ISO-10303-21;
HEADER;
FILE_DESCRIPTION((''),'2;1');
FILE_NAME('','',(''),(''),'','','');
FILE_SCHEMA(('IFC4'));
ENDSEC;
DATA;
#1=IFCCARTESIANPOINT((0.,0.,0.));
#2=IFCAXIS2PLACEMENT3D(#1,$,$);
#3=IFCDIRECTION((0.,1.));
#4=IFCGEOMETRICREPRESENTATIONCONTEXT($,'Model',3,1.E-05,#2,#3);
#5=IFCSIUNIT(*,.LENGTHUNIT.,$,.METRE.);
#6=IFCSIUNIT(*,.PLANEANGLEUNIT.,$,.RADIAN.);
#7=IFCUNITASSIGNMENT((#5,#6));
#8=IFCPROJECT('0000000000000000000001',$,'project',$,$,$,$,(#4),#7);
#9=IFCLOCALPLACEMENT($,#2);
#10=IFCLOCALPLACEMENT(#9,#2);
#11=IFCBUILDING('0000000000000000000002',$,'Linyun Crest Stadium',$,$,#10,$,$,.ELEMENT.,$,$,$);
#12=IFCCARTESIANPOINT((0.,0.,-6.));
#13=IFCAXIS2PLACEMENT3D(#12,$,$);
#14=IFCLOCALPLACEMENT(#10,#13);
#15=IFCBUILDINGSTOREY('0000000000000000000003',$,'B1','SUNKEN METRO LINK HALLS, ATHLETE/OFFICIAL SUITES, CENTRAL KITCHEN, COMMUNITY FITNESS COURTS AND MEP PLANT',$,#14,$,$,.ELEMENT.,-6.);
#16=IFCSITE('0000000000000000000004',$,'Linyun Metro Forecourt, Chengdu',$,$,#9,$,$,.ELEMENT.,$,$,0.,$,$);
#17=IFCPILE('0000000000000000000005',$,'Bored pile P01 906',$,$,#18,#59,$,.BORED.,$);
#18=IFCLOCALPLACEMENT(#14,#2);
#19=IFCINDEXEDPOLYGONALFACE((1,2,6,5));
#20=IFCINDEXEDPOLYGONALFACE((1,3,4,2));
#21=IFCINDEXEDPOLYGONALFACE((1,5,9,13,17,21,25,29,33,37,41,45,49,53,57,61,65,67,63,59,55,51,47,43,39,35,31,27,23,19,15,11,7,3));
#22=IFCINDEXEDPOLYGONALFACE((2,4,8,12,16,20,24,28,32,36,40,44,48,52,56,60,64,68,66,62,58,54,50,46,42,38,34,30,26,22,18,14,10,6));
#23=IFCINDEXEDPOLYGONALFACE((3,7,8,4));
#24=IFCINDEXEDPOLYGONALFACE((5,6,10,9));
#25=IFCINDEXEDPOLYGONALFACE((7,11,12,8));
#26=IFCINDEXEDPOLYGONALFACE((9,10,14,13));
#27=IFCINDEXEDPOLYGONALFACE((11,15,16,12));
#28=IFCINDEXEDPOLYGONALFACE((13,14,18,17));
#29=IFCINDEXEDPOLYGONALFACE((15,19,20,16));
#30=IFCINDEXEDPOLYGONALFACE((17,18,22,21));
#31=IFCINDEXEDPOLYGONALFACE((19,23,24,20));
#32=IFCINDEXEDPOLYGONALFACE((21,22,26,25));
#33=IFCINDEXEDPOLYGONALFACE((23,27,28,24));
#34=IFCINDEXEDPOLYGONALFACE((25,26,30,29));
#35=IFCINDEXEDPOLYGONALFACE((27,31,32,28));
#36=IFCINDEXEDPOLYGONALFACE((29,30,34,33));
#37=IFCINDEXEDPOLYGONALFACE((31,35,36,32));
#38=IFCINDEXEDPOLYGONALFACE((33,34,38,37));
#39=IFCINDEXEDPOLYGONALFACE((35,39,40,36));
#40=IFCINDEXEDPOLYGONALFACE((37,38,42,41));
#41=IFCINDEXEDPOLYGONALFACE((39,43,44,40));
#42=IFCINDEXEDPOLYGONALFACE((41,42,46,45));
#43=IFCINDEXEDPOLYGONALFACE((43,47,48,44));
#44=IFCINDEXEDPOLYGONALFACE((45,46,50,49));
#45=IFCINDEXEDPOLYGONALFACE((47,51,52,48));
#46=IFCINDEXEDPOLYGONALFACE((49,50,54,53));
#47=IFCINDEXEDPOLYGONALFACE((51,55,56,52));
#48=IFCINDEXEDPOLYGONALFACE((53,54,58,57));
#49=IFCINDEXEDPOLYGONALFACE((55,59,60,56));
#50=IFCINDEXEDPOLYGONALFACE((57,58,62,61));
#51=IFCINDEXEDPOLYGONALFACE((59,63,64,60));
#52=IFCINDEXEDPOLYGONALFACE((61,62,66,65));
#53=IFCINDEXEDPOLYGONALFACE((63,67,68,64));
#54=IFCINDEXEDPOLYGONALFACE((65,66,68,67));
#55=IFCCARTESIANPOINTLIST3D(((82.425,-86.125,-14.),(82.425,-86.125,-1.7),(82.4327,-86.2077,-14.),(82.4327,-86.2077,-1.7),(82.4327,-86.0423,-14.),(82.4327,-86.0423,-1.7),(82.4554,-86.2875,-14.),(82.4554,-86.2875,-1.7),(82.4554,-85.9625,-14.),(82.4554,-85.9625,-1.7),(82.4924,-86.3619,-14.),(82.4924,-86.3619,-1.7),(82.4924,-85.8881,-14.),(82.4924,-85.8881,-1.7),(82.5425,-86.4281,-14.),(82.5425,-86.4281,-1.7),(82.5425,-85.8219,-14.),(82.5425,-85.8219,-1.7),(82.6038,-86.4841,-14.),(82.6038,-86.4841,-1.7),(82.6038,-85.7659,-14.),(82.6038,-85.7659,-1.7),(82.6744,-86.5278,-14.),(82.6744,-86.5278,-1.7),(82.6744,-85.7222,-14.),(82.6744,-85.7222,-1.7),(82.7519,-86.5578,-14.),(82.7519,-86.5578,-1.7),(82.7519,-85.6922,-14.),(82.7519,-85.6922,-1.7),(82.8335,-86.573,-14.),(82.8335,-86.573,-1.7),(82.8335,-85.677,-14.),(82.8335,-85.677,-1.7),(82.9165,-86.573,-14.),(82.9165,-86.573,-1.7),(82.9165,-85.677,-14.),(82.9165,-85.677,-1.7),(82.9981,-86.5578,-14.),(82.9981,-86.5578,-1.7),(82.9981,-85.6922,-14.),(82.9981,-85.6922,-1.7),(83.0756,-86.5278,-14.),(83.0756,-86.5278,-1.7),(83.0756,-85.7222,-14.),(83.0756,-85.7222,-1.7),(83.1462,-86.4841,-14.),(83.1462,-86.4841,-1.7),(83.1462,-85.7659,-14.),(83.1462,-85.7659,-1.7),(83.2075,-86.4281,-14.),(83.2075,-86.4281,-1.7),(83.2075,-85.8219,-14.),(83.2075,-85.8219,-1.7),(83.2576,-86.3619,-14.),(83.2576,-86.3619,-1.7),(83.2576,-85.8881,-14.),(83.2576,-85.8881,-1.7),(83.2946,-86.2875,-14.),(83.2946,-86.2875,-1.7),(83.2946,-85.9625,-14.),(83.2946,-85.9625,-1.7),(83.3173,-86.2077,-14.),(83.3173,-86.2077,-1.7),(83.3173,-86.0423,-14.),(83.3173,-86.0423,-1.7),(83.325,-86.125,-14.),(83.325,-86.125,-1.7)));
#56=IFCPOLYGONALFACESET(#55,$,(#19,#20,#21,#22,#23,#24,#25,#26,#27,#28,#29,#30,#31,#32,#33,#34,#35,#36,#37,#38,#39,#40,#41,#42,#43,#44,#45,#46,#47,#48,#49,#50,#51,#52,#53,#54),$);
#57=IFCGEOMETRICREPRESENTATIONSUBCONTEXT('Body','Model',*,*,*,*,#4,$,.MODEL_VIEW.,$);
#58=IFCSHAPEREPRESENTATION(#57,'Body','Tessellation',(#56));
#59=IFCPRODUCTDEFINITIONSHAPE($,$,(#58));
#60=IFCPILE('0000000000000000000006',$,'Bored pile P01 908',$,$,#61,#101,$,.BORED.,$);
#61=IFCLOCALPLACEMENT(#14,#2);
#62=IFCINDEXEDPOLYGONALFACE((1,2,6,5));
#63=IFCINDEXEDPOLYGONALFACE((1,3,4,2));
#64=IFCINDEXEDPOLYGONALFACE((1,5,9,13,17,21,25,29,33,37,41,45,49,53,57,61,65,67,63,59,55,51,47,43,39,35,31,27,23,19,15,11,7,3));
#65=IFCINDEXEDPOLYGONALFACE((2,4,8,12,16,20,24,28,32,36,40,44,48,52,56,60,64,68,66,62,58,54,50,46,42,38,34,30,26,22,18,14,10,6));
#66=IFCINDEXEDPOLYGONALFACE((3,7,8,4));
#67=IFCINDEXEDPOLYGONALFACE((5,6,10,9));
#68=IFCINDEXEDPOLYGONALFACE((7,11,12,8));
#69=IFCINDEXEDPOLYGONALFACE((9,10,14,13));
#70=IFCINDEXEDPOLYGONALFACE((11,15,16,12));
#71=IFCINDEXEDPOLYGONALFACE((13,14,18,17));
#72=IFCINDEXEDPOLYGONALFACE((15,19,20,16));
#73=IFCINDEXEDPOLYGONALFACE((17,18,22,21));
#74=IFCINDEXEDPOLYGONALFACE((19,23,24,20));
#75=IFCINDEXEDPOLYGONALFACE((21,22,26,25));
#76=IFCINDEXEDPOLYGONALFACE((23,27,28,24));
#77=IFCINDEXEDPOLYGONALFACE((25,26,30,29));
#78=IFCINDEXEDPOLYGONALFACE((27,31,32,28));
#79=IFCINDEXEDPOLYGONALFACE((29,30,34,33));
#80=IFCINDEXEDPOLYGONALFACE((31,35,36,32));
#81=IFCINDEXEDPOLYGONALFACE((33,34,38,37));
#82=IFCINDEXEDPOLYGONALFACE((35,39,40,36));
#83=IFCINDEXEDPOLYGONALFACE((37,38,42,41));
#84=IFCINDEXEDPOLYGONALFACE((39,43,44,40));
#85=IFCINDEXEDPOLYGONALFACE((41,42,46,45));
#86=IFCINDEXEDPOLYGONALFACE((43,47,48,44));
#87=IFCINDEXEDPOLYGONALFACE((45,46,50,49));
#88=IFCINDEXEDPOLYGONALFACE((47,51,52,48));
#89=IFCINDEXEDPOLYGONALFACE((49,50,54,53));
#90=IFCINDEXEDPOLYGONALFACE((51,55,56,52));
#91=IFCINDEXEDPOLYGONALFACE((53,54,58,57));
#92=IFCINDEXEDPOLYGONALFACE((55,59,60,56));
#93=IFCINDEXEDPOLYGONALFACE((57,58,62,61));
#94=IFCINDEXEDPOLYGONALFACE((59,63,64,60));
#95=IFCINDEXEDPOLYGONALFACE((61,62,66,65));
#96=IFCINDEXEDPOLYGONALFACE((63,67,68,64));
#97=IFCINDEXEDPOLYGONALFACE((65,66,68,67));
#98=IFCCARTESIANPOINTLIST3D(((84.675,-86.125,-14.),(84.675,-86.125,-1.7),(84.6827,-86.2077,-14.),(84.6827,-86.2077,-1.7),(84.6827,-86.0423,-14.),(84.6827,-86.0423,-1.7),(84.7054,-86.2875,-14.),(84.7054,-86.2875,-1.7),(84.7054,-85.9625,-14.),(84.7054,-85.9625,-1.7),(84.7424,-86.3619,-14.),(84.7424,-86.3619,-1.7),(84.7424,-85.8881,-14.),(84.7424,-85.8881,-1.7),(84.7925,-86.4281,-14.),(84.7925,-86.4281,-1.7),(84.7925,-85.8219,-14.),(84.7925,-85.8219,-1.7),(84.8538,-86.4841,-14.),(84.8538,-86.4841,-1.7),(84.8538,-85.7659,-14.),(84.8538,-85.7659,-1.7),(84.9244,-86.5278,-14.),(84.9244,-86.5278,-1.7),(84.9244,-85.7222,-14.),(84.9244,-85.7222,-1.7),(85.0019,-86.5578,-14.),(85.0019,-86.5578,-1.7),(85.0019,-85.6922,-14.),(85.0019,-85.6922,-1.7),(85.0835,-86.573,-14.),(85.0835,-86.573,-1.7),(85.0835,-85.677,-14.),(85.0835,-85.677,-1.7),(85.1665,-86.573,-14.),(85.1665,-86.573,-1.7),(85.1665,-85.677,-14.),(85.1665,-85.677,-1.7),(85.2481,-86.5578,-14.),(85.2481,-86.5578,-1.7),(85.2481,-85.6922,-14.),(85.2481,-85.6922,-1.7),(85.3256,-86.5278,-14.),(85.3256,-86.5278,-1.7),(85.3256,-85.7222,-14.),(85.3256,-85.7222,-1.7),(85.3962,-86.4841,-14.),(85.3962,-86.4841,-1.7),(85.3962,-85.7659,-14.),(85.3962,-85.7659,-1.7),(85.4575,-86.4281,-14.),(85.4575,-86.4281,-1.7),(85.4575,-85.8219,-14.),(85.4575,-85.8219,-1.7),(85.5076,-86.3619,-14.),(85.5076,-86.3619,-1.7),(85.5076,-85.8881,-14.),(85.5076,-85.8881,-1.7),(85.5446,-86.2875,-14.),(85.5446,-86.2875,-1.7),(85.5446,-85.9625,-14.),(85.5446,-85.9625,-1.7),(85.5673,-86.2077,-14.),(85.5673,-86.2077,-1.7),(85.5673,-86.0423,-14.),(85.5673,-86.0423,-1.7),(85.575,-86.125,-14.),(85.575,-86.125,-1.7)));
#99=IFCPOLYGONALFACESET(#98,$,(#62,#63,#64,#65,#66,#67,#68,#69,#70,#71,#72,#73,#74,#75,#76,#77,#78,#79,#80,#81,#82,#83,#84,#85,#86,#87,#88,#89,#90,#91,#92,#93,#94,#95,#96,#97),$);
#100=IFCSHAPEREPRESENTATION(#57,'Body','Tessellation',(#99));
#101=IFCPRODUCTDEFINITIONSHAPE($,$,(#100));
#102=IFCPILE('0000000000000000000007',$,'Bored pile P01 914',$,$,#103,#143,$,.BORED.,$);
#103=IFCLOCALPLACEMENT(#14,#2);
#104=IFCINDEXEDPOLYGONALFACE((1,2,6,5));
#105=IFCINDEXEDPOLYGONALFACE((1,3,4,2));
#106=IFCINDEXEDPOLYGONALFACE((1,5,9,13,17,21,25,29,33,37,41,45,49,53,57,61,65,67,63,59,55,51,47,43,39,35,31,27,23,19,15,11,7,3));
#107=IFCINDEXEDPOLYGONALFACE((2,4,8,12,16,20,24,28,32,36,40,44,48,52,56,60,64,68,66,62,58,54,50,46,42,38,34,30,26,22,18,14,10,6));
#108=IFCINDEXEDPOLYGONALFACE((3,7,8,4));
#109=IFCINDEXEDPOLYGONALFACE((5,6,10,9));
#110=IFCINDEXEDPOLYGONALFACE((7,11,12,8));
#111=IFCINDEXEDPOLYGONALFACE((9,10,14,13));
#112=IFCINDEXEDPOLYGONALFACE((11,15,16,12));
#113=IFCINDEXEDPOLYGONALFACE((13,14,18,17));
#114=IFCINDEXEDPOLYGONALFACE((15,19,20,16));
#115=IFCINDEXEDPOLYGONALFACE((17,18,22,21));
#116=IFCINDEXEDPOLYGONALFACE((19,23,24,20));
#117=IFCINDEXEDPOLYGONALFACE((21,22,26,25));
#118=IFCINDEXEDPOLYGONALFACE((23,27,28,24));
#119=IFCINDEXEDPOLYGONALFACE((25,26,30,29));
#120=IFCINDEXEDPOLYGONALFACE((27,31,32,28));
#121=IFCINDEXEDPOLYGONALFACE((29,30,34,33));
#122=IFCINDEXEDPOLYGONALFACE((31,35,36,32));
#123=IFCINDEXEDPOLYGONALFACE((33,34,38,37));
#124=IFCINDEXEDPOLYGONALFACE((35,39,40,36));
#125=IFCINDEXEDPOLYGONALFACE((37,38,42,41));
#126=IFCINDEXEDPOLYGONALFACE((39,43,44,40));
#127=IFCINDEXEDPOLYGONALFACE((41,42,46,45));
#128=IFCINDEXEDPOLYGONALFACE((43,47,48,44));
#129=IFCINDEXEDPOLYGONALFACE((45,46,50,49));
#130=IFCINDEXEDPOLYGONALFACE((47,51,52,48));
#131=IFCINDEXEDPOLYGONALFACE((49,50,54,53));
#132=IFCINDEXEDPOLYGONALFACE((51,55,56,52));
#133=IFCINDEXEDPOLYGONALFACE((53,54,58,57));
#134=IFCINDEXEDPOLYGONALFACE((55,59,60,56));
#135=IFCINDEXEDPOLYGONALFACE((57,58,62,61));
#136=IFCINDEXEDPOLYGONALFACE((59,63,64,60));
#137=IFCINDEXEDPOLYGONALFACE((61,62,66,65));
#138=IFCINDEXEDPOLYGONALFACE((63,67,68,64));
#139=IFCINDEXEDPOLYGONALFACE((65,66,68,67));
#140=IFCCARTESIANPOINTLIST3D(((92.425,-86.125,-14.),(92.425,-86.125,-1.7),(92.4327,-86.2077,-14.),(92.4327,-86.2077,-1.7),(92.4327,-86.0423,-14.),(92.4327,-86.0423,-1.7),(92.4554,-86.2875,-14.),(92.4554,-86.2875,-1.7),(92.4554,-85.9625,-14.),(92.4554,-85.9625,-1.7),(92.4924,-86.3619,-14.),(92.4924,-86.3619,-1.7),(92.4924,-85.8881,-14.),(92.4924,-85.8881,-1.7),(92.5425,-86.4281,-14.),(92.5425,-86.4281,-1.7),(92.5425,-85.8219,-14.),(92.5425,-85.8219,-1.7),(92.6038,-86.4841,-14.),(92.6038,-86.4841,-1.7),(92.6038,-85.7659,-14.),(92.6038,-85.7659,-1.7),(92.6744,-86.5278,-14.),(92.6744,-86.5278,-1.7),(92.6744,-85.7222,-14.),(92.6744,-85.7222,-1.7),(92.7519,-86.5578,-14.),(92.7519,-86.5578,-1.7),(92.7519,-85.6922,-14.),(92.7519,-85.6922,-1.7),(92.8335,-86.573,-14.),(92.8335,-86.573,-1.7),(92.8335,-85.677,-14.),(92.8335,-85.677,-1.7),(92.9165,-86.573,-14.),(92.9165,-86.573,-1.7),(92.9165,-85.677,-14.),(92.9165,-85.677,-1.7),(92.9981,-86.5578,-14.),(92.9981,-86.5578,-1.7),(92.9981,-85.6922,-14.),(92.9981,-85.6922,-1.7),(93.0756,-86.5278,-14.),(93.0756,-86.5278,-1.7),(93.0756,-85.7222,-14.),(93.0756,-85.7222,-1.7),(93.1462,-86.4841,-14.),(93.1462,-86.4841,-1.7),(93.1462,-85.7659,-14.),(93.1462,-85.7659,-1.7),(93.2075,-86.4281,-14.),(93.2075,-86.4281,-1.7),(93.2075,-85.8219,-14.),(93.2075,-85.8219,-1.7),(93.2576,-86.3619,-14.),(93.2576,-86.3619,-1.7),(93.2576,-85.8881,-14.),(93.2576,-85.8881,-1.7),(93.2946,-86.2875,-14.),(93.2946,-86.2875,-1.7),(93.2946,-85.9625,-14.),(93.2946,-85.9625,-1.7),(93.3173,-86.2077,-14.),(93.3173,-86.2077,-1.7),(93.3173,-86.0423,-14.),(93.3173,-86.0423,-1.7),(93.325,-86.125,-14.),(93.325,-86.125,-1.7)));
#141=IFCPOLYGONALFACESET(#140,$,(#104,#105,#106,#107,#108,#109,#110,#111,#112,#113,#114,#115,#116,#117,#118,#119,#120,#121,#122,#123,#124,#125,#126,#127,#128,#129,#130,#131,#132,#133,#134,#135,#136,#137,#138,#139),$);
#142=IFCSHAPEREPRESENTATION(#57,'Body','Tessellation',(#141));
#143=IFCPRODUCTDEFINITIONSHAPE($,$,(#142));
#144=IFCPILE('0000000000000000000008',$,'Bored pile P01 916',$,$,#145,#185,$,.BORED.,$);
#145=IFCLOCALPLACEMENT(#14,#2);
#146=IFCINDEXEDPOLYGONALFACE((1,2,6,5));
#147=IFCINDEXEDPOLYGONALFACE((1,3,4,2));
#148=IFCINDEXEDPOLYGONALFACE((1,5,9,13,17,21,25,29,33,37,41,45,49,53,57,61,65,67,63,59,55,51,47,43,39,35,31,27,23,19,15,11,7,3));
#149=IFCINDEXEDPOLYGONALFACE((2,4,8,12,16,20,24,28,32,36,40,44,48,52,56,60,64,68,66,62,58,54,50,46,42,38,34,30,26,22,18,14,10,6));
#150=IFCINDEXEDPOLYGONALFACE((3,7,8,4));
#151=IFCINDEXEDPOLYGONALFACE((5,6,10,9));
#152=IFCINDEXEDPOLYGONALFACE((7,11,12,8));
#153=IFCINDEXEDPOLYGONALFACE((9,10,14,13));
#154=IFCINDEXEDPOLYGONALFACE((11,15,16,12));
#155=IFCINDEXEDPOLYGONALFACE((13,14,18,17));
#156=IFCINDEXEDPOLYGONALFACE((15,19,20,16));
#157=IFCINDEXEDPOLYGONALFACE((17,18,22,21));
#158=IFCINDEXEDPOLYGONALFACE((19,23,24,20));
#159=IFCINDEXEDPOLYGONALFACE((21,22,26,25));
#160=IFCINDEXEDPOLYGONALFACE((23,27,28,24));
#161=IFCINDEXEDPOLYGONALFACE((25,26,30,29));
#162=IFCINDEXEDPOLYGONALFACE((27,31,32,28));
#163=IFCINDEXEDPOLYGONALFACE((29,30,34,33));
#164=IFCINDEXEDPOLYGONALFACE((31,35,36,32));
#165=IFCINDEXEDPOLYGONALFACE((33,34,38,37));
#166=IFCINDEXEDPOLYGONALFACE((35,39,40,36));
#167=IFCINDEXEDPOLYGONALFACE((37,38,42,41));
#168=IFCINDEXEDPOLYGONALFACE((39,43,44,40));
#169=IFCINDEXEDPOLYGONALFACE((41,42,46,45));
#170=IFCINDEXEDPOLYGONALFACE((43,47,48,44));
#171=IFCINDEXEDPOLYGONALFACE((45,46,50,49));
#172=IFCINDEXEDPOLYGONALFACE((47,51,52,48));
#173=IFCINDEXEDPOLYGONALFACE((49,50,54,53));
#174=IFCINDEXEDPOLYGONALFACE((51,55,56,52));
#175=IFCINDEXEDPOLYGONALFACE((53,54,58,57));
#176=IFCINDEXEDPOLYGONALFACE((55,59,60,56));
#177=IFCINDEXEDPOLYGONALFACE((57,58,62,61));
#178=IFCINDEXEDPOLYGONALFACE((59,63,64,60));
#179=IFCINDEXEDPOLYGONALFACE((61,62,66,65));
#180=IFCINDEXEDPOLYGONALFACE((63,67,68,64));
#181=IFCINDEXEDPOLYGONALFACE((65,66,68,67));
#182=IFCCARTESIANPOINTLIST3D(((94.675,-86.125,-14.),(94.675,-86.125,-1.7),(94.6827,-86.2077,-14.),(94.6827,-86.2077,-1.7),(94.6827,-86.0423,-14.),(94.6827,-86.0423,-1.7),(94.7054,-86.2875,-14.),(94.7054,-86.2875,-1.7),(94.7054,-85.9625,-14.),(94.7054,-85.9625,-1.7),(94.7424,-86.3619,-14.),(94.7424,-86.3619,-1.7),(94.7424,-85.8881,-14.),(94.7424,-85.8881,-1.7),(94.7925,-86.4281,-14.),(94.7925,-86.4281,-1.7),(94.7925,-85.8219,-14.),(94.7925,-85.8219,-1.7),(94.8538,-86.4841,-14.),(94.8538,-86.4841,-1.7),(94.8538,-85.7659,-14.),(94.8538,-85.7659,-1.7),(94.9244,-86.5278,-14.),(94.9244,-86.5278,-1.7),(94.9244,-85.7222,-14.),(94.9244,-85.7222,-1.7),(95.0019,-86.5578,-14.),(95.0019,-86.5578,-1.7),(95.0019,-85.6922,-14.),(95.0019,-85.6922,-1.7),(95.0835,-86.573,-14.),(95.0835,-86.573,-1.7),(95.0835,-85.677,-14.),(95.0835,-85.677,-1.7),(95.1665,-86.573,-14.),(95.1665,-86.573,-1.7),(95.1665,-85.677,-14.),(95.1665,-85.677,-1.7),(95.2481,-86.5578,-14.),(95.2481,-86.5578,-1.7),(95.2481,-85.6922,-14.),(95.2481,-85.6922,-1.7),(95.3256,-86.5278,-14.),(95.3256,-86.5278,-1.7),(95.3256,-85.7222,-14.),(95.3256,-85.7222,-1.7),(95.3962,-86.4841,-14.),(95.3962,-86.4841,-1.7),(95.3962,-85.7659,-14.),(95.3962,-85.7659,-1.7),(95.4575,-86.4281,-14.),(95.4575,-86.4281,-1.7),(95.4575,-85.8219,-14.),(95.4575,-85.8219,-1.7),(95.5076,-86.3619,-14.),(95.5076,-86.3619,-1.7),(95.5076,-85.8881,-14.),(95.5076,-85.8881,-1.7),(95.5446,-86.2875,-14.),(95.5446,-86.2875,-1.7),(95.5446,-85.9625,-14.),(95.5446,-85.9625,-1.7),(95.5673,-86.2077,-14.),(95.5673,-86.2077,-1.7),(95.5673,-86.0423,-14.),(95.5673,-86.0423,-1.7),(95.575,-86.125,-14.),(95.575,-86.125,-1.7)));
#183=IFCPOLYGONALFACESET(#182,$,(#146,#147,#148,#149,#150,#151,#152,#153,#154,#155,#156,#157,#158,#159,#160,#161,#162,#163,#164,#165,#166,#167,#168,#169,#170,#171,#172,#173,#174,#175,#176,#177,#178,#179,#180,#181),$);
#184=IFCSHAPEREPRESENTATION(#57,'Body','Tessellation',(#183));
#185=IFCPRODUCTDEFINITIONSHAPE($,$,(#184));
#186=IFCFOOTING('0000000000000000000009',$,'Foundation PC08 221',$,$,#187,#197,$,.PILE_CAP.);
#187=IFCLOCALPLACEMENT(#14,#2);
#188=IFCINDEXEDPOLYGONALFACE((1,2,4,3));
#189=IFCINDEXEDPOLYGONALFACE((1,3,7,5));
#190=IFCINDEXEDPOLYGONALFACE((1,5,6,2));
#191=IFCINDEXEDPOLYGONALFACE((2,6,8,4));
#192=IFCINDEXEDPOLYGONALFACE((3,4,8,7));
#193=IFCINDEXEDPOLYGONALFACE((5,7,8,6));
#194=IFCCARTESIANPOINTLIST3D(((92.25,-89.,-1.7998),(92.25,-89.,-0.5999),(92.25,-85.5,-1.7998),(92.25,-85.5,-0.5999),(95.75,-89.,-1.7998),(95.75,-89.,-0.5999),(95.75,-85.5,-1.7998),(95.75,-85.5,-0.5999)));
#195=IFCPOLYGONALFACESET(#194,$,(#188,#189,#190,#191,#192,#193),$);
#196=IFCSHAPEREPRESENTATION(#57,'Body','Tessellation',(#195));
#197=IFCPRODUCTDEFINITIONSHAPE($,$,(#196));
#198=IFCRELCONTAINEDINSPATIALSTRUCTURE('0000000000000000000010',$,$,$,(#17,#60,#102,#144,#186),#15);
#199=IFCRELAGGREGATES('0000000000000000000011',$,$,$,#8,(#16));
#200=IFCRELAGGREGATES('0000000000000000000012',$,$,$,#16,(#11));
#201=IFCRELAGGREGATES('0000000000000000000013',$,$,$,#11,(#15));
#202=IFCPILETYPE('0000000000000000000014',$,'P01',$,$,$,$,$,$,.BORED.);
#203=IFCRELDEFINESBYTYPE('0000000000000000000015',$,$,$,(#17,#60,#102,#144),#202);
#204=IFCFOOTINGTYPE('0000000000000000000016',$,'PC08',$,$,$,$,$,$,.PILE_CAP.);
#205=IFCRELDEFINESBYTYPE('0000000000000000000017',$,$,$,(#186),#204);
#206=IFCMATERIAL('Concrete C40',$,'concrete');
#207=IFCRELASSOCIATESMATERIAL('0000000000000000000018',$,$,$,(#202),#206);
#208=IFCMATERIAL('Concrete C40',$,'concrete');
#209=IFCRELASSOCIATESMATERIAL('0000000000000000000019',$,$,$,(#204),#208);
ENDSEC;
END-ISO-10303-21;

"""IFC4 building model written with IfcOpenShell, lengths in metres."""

from ifc_helpers import new_model, si_unit, direction, frame, origin, origin_2d, place, context, subcontext, project, spatial, rectangle, circle, extrude, material, material_profile, profile_set, type_object, element, save


model = new_model("IFC4")

# Units and contexts
model_context = context("Model", 3, precision=1e-05, world=origin(), true_north=direction((0.0, 1.0)))
body_context = subcontext(model_context, "Body", "Model", "MODEL_VIEW")
ifc_project = project(units=[si_unit("LENGTHUNIT", "METRE"), si_unit("PLANEANGLEUNIT", "RADIAN")], contexts=[model_context])

# Site, building, storey
site_placement = place(None, origin())
site = spatial("IfcSite", under=ifc_project, at=site_placement, Name="Linyun Metro Forecourt, Chengdu", CompositionType="ELEMENT", RefElevation=0.0)
building_placement = place(site_placement, origin())
building = spatial("IfcBuilding", under=site, at=building_placement, Name="Linyun Crest Stadium", CompositionType="ELEMENT")
storey_placement = place(building_placement, frame((0.0, 0.0, -6.0)))
storey = spatial("IfcBuildingStorey", under=building, at=storey_placement, Name="B1", Description="SUNKEN METRO LINK HALLS, ATHLETE/OFFICIAL SUITES, CENTRAL KITCHEN, COMMUNITY FITNESS COURTS AND MEP PLANT", CompositionType="ELEMENT", Elevation=-6.0)

# Piles
ifc_material_1 = material(Name="Concrete C40", Category="concrete")
ifc_material_profile_1 = material_profile(ifc_material_1, circle(Radius=0.45, at=origin_2d()), Name="BORED PILE 900")
ifc_profile_set_1 = profile_set([ifc_material_profile_1], Name="Concrete C40")
pile_type = type_object("IfcPileType", Name="P01", PredefinedType="BORED", material=ifc_profile_set_1)
for number, where, z_axis, x_axis, name in (
    (1, (82.875, -86.125, -1.7), (0.0, 0.0, -1.0), (1.0, 0.0, 0.0), "Bored pile P01 906"),
    (2, (85.125, -86.125, -1.7), (0.0, 0.0, -1.0), (1.0, 0.0, 0.0), "Bored pile P01 908"),
    (3, (92.875, -86.125, -1.7), (0.0, 0.0, -1.0), (1.0, 0.0, 0.0), "Bored pile P01 914"),
    (4, (95.125, -86.125, -1.7), (0.0, 0.0, -1.0), (1.0, 0.0, 0.0), "Bored pile P01 916"),
):
    element("IfcPile", number, at=place(storey_placement, frame(where, z_axis=z_axis, x_axis=x_axis)), inside=storey, type_object=pile_type, Name=name, PredefinedType="BORED", context=body_context, shape_type="SweptSolid", body=[
        extrude(circle(Radius=0.45, at=origin_2d()), origin(), (0.0, 0.0, 1.0), 12.3),
    ])

# Footing
ifc_material_2 = material(Name="Concrete C40", Category="concrete")
footing_type = type_object("IfcFootingType", Name="PC08", PredefinedType="PILE_CAP", material=ifc_material_2)
footing_placement = place(storey_placement, frame((94.0, -87.25, -1.7998), z_axis=(0.0, 0.0, 1.0), x_axis=(1.0, 0.0, 0.0)))
element("IfcFooting", 5, at=footing_placement, inside=storey, type_object=footing_type, Name="Foundation PC08 221", PredefinedType="PILE_CAP", context=body_context, shape_type="SweptSolid", body=[
    extrude(rectangle(XDim=3.5, YDim=3.5, at=origin_2d()), origin(), (0.0, 0.0, 1.0), 1.2),
])

save(model, "model.ifc")
